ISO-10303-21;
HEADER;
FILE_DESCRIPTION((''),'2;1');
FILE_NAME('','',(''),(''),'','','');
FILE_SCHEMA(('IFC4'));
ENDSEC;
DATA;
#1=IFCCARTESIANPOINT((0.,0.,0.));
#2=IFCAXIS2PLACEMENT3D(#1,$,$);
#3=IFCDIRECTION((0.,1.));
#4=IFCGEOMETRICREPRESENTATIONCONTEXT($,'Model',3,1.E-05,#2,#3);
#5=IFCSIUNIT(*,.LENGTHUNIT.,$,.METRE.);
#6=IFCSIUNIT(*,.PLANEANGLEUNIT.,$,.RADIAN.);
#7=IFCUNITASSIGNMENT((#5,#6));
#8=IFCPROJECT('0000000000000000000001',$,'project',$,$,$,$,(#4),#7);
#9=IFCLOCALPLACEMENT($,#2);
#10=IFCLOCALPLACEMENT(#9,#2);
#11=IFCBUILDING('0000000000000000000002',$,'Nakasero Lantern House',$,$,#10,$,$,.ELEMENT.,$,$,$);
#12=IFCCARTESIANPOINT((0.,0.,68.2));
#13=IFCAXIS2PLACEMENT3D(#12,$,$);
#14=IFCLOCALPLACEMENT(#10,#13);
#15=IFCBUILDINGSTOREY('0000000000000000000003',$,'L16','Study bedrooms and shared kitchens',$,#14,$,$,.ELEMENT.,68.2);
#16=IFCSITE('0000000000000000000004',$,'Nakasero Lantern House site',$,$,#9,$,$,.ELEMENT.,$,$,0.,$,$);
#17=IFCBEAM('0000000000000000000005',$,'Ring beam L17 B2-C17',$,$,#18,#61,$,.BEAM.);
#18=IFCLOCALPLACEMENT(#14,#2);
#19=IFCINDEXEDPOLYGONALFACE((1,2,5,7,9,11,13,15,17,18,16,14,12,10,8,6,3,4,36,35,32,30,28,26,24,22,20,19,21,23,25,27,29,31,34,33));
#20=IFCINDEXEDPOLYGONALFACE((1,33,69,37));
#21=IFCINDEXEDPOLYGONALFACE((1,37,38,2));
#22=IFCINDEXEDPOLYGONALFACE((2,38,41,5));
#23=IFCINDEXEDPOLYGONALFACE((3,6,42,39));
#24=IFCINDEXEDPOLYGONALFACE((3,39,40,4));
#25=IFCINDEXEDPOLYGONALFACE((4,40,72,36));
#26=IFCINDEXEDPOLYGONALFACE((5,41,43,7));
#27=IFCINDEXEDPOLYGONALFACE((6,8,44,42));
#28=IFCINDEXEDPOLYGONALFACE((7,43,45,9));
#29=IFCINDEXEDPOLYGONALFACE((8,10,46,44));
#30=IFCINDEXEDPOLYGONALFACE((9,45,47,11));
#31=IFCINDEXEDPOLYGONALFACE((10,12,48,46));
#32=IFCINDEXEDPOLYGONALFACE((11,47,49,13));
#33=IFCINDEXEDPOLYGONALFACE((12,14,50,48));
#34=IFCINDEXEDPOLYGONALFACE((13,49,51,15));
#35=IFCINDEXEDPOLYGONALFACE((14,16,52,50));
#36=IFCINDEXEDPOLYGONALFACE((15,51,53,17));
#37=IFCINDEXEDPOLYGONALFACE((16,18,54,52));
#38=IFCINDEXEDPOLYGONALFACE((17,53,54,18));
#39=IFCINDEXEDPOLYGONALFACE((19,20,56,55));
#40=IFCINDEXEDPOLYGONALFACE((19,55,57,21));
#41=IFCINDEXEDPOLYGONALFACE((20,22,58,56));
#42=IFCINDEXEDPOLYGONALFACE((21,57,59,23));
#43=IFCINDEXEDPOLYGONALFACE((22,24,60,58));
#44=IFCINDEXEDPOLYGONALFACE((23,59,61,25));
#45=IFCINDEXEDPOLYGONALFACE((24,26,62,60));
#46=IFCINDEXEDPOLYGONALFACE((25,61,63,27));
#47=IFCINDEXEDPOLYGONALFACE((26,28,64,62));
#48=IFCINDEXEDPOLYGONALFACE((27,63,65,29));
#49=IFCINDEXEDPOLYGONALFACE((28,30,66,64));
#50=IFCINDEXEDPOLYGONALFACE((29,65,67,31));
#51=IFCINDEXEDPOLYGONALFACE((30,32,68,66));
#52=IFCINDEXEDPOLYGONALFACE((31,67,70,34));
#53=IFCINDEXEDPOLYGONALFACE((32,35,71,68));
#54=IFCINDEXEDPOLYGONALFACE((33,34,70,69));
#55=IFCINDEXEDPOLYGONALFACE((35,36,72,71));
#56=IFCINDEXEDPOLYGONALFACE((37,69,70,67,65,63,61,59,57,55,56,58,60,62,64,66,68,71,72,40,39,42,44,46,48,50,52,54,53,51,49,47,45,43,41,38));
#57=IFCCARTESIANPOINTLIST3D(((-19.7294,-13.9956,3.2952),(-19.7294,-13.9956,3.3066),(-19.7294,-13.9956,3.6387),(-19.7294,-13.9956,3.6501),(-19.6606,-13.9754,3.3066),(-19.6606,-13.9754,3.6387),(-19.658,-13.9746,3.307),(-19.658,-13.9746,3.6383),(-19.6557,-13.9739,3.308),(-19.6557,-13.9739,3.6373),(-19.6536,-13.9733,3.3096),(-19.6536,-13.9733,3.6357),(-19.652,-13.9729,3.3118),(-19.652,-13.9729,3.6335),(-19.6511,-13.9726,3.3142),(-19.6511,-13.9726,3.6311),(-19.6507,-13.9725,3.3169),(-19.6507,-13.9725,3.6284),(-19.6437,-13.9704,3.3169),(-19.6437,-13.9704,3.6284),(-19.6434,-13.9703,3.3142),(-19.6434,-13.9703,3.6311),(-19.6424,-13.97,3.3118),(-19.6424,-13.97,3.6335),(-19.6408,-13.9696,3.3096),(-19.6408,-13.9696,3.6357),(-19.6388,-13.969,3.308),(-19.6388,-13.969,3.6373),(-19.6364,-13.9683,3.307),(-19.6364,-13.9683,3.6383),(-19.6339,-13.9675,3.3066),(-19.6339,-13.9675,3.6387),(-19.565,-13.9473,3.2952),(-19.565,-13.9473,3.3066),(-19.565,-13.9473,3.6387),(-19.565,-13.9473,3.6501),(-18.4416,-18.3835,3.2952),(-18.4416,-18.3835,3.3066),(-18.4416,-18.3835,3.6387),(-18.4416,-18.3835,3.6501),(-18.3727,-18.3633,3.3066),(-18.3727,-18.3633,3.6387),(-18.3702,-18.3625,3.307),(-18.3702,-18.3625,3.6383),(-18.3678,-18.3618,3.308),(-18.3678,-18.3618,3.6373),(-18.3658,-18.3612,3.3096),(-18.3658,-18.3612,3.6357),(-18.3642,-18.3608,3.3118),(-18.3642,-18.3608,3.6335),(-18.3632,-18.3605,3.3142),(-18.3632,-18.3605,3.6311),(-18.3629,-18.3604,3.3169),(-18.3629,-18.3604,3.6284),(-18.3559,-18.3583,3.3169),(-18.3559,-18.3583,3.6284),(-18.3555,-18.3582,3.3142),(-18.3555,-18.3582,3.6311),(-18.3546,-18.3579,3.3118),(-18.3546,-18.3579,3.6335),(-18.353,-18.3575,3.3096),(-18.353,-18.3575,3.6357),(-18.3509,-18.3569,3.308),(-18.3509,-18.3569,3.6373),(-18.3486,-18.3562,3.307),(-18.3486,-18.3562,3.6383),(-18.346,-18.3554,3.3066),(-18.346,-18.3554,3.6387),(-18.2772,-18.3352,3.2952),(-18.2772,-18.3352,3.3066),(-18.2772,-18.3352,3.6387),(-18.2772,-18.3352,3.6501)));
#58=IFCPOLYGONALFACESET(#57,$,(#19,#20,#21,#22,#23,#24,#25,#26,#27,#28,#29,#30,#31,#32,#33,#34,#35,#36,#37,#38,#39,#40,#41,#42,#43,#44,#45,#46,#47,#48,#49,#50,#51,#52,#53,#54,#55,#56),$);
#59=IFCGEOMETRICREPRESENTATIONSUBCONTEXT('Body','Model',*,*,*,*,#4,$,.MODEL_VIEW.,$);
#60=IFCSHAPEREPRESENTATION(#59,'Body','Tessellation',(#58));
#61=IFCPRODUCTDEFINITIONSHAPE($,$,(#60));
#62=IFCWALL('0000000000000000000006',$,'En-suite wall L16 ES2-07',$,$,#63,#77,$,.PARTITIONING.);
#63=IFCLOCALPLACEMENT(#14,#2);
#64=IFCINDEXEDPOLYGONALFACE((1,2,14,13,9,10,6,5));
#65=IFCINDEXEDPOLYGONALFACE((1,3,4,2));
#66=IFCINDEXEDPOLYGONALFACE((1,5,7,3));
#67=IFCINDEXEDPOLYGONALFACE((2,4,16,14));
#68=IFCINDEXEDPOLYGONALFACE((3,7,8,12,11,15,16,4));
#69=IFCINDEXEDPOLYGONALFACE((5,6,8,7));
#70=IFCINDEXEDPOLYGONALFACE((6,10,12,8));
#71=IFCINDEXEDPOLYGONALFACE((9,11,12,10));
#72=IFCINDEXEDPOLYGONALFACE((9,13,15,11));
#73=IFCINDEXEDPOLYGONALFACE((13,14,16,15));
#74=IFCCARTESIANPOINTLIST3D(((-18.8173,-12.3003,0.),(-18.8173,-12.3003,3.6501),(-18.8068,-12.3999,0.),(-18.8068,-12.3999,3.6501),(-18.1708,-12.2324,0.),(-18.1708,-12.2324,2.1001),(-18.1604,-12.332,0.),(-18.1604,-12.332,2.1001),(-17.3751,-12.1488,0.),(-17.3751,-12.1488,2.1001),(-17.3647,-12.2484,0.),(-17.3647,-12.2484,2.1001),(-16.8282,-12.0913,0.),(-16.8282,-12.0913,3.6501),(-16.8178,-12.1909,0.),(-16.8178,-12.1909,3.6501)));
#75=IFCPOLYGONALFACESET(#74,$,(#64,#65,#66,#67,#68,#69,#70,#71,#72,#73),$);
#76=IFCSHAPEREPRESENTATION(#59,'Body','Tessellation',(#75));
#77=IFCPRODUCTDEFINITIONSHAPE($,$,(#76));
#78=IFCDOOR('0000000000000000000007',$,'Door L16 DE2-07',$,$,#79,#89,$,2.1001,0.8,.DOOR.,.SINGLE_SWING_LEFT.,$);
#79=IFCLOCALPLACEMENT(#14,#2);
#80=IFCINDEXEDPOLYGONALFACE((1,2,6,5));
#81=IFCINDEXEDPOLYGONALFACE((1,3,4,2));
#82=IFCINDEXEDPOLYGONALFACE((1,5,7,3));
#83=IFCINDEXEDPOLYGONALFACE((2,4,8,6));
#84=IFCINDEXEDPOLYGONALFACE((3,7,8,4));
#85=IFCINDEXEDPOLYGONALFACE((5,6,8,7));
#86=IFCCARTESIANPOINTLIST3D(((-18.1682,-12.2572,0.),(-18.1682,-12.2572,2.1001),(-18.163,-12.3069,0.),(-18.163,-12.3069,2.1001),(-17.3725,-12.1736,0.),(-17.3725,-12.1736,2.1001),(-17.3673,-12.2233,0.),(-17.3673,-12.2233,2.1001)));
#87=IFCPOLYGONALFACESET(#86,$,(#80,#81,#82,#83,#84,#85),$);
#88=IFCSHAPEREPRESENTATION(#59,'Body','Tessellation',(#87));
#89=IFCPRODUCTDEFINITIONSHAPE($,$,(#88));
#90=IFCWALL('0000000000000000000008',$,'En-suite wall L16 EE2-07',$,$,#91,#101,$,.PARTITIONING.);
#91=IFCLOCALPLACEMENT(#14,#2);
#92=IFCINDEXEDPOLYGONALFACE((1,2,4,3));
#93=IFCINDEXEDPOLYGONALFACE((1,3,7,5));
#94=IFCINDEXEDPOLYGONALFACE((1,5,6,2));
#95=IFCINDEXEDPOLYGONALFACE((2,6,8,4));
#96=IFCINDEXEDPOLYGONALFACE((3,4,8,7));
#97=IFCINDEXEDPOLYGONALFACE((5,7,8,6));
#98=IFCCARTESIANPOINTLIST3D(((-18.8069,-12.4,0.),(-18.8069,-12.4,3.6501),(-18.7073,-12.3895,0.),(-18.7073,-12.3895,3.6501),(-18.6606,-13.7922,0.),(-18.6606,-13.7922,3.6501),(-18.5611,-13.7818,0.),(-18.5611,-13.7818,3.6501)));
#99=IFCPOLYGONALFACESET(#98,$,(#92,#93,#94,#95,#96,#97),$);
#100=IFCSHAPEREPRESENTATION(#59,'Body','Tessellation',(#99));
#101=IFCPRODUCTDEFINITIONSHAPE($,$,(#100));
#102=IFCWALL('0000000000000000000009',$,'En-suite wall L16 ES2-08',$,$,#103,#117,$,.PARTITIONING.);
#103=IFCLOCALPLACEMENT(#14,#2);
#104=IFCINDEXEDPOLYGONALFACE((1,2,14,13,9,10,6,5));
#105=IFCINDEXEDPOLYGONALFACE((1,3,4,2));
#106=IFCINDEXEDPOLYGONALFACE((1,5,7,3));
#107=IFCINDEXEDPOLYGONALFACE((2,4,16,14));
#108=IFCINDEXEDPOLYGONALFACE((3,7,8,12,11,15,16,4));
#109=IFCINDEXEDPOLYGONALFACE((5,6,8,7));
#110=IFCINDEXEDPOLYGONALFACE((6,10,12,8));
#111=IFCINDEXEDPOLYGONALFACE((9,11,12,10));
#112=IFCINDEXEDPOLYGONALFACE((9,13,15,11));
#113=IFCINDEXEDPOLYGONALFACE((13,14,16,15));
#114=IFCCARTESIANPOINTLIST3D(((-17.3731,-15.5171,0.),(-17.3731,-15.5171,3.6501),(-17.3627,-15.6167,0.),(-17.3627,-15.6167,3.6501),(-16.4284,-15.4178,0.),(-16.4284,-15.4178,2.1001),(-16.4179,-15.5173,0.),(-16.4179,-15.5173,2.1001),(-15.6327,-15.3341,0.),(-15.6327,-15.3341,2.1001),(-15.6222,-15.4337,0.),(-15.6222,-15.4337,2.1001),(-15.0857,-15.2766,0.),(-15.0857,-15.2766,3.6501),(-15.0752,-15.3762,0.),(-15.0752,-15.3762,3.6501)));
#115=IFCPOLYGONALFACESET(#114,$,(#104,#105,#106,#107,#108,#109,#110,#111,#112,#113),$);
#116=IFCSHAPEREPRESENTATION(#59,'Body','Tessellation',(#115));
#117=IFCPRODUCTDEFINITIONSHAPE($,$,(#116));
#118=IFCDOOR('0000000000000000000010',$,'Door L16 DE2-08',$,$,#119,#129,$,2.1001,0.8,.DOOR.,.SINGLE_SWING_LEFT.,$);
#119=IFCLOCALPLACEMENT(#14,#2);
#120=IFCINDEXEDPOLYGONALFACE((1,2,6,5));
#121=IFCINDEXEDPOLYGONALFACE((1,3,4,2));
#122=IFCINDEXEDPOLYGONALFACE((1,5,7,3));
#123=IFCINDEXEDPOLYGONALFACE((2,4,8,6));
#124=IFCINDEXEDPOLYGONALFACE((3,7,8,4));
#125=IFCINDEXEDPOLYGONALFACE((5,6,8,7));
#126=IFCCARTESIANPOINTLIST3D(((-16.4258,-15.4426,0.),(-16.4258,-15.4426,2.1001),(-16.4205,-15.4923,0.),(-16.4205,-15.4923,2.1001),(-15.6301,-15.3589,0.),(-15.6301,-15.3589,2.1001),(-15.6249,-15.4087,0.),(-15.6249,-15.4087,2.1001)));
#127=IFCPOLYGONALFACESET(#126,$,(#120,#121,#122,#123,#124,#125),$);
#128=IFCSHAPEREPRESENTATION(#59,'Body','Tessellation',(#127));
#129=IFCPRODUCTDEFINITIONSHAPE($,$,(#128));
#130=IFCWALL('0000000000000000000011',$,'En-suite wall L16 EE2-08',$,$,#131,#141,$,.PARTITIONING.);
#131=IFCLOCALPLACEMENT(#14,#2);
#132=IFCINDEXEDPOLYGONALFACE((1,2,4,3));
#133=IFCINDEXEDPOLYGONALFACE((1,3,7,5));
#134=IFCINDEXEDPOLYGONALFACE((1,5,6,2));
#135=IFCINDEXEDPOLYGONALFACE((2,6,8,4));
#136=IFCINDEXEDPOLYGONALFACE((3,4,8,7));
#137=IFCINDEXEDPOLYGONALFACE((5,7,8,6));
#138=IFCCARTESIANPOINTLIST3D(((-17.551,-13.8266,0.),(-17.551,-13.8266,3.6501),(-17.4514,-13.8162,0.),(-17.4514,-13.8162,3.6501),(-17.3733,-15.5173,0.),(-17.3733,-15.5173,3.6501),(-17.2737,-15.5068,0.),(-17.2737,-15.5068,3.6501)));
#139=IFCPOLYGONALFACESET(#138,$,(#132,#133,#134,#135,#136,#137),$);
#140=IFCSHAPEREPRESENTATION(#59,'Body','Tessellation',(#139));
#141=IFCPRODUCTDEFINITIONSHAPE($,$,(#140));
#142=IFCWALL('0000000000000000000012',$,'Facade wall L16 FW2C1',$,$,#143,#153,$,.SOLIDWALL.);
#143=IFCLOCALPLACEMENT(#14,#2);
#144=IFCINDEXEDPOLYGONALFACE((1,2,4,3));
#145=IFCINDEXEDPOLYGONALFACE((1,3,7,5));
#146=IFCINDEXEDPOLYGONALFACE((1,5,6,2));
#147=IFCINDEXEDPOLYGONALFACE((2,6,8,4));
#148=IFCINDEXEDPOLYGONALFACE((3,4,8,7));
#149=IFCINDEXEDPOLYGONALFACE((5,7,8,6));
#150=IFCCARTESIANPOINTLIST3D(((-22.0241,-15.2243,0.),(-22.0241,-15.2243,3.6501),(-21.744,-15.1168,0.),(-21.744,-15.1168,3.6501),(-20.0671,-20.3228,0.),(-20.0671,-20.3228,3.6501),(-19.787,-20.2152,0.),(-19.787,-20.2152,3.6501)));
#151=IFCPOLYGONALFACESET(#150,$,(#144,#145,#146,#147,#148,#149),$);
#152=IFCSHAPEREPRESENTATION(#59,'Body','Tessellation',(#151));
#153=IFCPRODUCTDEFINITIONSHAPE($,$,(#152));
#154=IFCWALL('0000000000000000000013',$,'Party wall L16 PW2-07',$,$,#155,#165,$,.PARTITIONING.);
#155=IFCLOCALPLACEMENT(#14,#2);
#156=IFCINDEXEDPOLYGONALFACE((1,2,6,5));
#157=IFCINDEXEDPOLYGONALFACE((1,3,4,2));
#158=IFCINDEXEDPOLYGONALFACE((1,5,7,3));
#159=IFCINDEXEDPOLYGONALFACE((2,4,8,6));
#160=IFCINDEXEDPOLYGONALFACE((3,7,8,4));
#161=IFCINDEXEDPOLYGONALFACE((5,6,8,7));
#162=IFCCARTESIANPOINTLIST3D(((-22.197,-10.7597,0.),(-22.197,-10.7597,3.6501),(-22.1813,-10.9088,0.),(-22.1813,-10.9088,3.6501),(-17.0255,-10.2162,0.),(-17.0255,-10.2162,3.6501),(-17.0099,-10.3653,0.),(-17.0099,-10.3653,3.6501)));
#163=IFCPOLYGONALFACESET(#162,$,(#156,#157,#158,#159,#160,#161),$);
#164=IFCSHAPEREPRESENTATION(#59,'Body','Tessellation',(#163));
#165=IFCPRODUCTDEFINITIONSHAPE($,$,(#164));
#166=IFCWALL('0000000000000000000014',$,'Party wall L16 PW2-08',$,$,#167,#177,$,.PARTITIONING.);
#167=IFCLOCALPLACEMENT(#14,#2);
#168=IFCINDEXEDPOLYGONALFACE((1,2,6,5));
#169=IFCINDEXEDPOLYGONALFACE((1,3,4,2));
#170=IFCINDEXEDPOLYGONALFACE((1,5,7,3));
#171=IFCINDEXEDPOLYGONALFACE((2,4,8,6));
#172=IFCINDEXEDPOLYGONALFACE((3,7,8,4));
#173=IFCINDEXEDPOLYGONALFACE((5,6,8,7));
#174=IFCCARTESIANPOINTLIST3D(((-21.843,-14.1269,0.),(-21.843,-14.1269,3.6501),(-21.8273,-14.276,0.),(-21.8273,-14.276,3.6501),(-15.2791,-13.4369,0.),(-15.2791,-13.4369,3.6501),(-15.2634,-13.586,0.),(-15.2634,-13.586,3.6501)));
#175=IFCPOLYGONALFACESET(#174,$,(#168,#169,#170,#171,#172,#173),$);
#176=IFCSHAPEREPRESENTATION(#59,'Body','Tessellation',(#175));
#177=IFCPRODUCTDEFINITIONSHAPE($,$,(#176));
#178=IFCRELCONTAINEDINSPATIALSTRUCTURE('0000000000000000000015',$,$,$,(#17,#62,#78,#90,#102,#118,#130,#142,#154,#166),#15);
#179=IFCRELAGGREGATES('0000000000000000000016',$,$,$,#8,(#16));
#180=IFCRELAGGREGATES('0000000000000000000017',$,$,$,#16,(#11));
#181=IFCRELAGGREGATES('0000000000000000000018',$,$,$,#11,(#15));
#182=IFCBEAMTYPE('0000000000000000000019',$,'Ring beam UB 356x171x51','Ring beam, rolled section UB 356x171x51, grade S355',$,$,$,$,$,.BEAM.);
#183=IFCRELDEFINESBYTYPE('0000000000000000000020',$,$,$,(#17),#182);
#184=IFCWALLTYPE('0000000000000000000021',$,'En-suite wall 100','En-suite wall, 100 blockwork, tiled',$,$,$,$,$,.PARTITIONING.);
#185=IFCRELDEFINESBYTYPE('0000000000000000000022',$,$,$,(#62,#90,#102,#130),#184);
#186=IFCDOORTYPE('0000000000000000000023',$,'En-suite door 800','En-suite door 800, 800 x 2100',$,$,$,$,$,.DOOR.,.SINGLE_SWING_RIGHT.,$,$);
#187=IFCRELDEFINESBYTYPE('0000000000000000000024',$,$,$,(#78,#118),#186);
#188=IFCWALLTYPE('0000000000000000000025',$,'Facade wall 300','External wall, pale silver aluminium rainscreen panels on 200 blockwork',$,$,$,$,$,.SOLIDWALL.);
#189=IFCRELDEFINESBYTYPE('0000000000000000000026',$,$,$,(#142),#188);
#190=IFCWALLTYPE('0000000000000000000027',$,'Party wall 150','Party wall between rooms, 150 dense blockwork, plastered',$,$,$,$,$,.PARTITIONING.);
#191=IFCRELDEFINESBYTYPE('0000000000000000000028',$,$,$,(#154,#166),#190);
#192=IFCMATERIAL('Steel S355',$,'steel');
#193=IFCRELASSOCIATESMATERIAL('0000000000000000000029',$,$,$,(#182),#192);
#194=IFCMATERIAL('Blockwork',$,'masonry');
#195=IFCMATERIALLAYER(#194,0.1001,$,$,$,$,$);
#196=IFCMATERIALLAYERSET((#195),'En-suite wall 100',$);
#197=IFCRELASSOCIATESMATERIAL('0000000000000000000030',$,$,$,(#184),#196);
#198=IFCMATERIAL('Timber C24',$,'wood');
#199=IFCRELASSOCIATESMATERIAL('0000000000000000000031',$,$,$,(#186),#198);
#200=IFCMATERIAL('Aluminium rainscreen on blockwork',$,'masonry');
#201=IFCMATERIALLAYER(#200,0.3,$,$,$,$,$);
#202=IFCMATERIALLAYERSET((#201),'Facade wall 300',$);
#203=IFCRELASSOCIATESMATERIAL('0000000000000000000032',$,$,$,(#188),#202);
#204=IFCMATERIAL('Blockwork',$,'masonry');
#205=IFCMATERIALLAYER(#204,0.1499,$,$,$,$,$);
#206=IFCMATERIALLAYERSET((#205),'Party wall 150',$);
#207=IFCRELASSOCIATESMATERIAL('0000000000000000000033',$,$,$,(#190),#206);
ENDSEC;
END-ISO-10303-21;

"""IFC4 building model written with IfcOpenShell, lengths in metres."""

from ifc_helpers import new_model, si_unit, direction, frame, frame_2d, origin, origin_2d, place, context, subcontext, project, spatial, rectangle, i_section, extrude, material, layer, layer_set, material_profile, profile_set, type_object, element, fill, save


model = new_model("IFC4")

# Units and contexts
model_context = context("Model", 3, precision=1e-05, world=origin(), true_north=direction((0.0, 1.0)))
body_context = subcontext(model_context, "Body", "Model", "MODEL_VIEW")
ifc_project = project(units=[si_unit("LENGTHUNIT", "METRE"), si_unit("PLANEANGLEUNIT", "RADIAN")], contexts=[model_context])

# Site, building, storey
site_placement = place(None, origin())
site = spatial("IfcSite", under=ifc_project, at=site_placement, Name="Nakasero Lantern House site", CompositionType="ELEMENT", RefElevation=0.0)
building_placement = place(site_placement, origin())
building = spatial("IfcBuilding", under=site, at=building_placement, Name="Nakasero Lantern House", CompositionType="ELEMENT")
storey_placement = place(building_placement, frame((0.0, 0.0, 68.2)))
storey = spatial("IfcBuildingStorey", under=building, at=storey_placement, Name="L16", Description="Study bedrooms and shared kitchens", CompositionType="ELEMENT", Elevation=68.2)

# Beam
ifc_material_1 = material(Name="Steel S355", Category="steel")
ifc_material_profile_1 = material_profile(ifc_material_1, i_section(OverallWidth=0.1714, OverallDepth=0.355, WebThickness=0.0073, FlangeThickness=0.0115, FilletRadius=0.0103, at=origin_2d()), Name="UB 356x171x51")
ifc_profile_set_1 = profile_set([ifc_material_profile_1], Name="Steel S355")
beam_type_1 = type_object("IfcBeamType", Name="Ring beam UB 356x171x51", Description="Ring beam, rolled section UB 356x171x51, grade S355", PredefinedType="BEAM", material=ifc_profile_set_1)
beam_1_placement = place(storey_placement, frame((-19.6472, -13.9714, 3.4727), z_axis=(0.281617, -0.959527, 0.0), x_axis=(0.959527, 0.281617, 0.0)))
element("IfcBeam", 1, at=beam_1_placement, inside=storey, type_object=beam_type_1, Name="Ring beam L17 B2-C17", PredefinedType="BEAM", context=body_context, shape_type="SweptSolid", body=[
    extrude(i_section(OverallWidth=0.1714, OverallDepth=0.355, WebThickness=0.0073, FlangeThickness=0.0115, FilletRadius=0.0103, at=origin_2d()), origin(), (0.0, 0.0, 1.0), 4.573),
])

# Wall, opening, door
ifc_material_2 = material(Name="Blockwork", Category="masonry")
ifc_layer_1 = layer(ifc_material_2, 0.1001)
ifc_layer_set_1 = layer_set([ifc_layer_1], Name="En-suite wall 100")
wall_type_1 = type_object("IfcWallType", Name="En-suite wall 100", Description="En-suite wall, 100 blockwork, tiled", PredefinedType="PARTITIONING", material=ifc_layer_set_1)
wall_1_placement = place(storey_placement, frame((-16.823, -12.1411, 0.0), z_axis=(0.0, 0.0, 1.0), x_axis=(-0.994526, -0.104494, 0.0)))
wall_1 = element("IfcWall", 2, at=wall_1_placement, inside=storey, type_object=wall_type_1, Name="En-suite wall L16 ES2-07", PredefinedType="PARTITIONING", context=body_context, shape_type="SweptSolid", body=[
    extrude(rectangle(XDim=2.0, YDim=0.1001, at=frame_2d((1.0, 0.0))), origin(), (0.0, 0.0, 1.0), 3.6501),
])
opening_1_placement = place(wall_1_placement, frame((0.55, 0.0, 0.0)))
opening_1 = element("IfcOpeningElement", 3, at=opening_1_placement, cuts=wall_1, PredefinedType="OPENING", context=body_context, shape_type="SweptSolid", body=[
    extrude(rectangle(XDim=0.8, YDim=2.1001, at=frame_2d((0.3999, 1.05))), frame((0.0, 0.0701, 0.0), z_axis=(0.0, -1.0, 0.0), x_axis=(1.0, 0.0, 0.0)), (0.0, 0.0, 1.0), 0.1401),
])
ifc_material_3 = material(Name="Timber C24", Category="wood")
door_type = type_object("IfcDoorType", Name="En-suite door 800", Description="En-suite door 800, 800 x 2100", OperationType="SINGLE_SWING_RIGHT", PredefinedType="DOOR", material=ifc_material_3)
door_1_placement = place(opening_1_placement, origin())
door_1 = element("IfcDoor", 4, at=door_1_placement, inside=storey, type_object=door_type, Name="Door L16 DE2-07", OperationType="SINGLE_SWING_LEFT", OverallHeight=2.1001, OverallWidth=0.8, PredefinedType="DOOR", context=body_context, shape_type="SweptSolid", body=[
    extrude(rectangle(XDim=0.8, YDim=2.1001, at=frame_2d((0.3999, 1.05))), frame((0.0, 0.0249, 0.0), z_axis=(0.0, -1.0, 0.0), x_axis=(1.0, 0.0, 0.0)), (0.0, 0.0, 1.0), 0.05),
])
fill(opening_1, door_1)

# Wall
wall_2_placement = place(storey_placement, frame((-18.7571, -12.3948, 0.0), z_axis=(0.0, 0.0, 1.0), x_axis=(0.104458, -0.994529, 0.0)))
element("IfcWall", 5, at=wall_2_placement, inside=storey, type_object=wall_type_1, Name="En-suite wall L16 EE2-07", PredefinedType="PARTITIONING", context=body_context, shape_type="SweptSolid", body=[
    extrude(rectangle(XDim=1.3999, YDim=0.1001, at=frame_2d((0.7, 0.0))), origin(), (0.0, 0.0, 1.0), 3.6501),
])

# Wall, opening, door
wall_3_placement = place(storey_placement, frame((-15.0806, -15.3264, 0.0), z_axis=(0.0, 0.0, 1.0), x_axis=(-0.994519, -0.104558, 0.0)))
wall_3 = element("IfcWall", 6, at=wall_3_placement, inside=storey, type_object=wall_type_1, Name="En-suite wall L16 ES2-08", PredefinedType="PARTITIONING", context=body_context, shape_type="SweptSolid", body=[
    extrude(rectangle(XDim=2.3, YDim=0.1001, at=frame_2d((1.1499, 0.0))), origin(), (0.0, 0.0, 1.0), 3.6501),
])
opening_2_placement = place(wall_3_placement, frame((0.55, 0.0, 0.0)))
opening_2 = element("IfcOpeningElement", 7, at=opening_2_placement, cuts=wall_3, PredefinedType="OPENING", context=body_context, shape_type="SweptSolid", body=[
    extrude(rectangle(XDim=0.8, YDim=2.1001, at=frame_2d((0.3999, 1.05))), frame((0.0, 0.0701, 0.0), z_axis=(0.0, -1.0, 0.0), x_axis=(1.0, 0.0, 0.0)), (0.0, 0.0, 1.0), 0.1401),
])
door_2_placement = place(opening_2_placement, origin())
door_2 = element("IfcDoor", 8, at=door_2_placement, inside=storey, type_object=door_type, Name="Door L16 DE2-08", OperationType="SINGLE_SWING_LEFT", OverallHeight=2.1001, OverallWidth=0.8, PredefinedType="DOOR", context=body_context, shape_type="SweptSolid", body=[
    extrude(rectangle(XDim=0.8, YDim=2.1001, at=frame_2d((0.3999, 1.05))), frame((0.0, 0.0249, 0.0), z_axis=(0.0, -1.0, 0.0), x_axis=(1.0, 0.0, 0.0)), (0.0, 0.0, 1.0), 0.05),
])
fill(opening_2, door_2)

# Walls
wall_4_placement = place(storey_placement, frame((-17.5012, -13.8213, 0.0), z_axis=(0.0, 0.0, 1.0), x_axis=(0.10455, -0.99452, 0.0)))
element("IfcWall", 9, at=wall_4_placement, inside=storey, type_object=wall_type_1, Name="En-suite wall L16 EE2-08", PredefinedType="PARTITIONING", context=body_context, shape_type="SweptSolid", body=[
    extrude(rectangle(XDim=1.7, YDim=0.1001, at=frame_2d((0.8501, 0.0))), origin(), (0.0, 0.0, 1.0), 3.6501),
])
ifc_material_4 = material(Name="Aluminium rainscreen on blockwork", Category="masonry")
ifc_layer_2 = layer(ifc_material_4, 0.3)
ifc_layer_set_2 = layer_set([ifc_layer_2], Name="Facade wall 300")
wall_type_2 = type_object("IfcWallType", Name="Facade wall 300", Description="External wall, pale silver aluminium rainscreen panels on 200 blockwork", PredefinedType="SOLIDWALL", material=ifc_layer_set_2)
wall_5_placement = place(storey_placement, frame((-21.884, -15.1707, 0.0), z_axis=(0.0, 0.0, 1.0), x_axis=(0.358359, -0.933584, 0.0)))
element("IfcWall", 10, at=wall_5_placement, inside=storey, type_object=wall_type_2, Name="Facade wall L16 FW2C1", PredefinedType="SOLIDWALL", context=body_context, shape_type="SweptSolid", body=[
    extrude(rectangle(XDim=5.4612, YDim=0.3, at=frame_2d((2.7305, 0.0))), origin(), (0.0, 0.0, 1.0), 3.6501),
])
ifc_material_5 = material(Name="Blockwork", Category="masonry")
ifc_layer_3 = layer(ifc_material_5, 0.1499)
ifc_layer_set_3 = layer_set([ifc_layer_3], Name="Party wall 150")
wall_type_3 = type_object("IfcWallType", Name="Party wall 150", Description="Party wall between rooms, 150 dense blockwork, plastered", PredefinedType="PARTITIONING", material=ifc_layer_set_3)
wall_6_placement = place(storey_placement, frame((-17.0176, -10.2908, 0.0), z_axis=(0.0, 0.0, 1.0), x_axis=(-0.994523, -0.104514, 0.0)))
element("IfcWall", 11, at=wall_6_placement, inside=storey, type_object=wall_type_3, Name="Party wall L16 PW2-07", PredefinedType="PARTITIONING", context=body_context, shape_type="SweptSolid", body=[
    extrude(rectangle(XDim=5.2, YDim=0.1499, at=frame_2d((2.6001, 0.0))), origin(), (0.0, 0.0, 1.0), 3.6501),
])
wall_7_placement = place(storey_placement, frame((-15.2712, -13.5115, 0.0), z_axis=(0.0, 0.0, 1.0), x_axis=(-0.994521, -0.104535, 0.0)))
element("IfcWall", 12, at=wall_7_placement, inside=storey, type_object=wall_type_3, Name="Party wall L16 PW2-08", PredefinedType="PARTITIONING", context=body_context, shape_type="SweptSolid", body=[
    extrude(rectangle(XDim=6.6001, YDim=0.1499, at=frame_2d((3.3, 0.0))), origin(), (0.0, 0.0, 1.0), 3.6501),
])

save(model, "model.ifc")
